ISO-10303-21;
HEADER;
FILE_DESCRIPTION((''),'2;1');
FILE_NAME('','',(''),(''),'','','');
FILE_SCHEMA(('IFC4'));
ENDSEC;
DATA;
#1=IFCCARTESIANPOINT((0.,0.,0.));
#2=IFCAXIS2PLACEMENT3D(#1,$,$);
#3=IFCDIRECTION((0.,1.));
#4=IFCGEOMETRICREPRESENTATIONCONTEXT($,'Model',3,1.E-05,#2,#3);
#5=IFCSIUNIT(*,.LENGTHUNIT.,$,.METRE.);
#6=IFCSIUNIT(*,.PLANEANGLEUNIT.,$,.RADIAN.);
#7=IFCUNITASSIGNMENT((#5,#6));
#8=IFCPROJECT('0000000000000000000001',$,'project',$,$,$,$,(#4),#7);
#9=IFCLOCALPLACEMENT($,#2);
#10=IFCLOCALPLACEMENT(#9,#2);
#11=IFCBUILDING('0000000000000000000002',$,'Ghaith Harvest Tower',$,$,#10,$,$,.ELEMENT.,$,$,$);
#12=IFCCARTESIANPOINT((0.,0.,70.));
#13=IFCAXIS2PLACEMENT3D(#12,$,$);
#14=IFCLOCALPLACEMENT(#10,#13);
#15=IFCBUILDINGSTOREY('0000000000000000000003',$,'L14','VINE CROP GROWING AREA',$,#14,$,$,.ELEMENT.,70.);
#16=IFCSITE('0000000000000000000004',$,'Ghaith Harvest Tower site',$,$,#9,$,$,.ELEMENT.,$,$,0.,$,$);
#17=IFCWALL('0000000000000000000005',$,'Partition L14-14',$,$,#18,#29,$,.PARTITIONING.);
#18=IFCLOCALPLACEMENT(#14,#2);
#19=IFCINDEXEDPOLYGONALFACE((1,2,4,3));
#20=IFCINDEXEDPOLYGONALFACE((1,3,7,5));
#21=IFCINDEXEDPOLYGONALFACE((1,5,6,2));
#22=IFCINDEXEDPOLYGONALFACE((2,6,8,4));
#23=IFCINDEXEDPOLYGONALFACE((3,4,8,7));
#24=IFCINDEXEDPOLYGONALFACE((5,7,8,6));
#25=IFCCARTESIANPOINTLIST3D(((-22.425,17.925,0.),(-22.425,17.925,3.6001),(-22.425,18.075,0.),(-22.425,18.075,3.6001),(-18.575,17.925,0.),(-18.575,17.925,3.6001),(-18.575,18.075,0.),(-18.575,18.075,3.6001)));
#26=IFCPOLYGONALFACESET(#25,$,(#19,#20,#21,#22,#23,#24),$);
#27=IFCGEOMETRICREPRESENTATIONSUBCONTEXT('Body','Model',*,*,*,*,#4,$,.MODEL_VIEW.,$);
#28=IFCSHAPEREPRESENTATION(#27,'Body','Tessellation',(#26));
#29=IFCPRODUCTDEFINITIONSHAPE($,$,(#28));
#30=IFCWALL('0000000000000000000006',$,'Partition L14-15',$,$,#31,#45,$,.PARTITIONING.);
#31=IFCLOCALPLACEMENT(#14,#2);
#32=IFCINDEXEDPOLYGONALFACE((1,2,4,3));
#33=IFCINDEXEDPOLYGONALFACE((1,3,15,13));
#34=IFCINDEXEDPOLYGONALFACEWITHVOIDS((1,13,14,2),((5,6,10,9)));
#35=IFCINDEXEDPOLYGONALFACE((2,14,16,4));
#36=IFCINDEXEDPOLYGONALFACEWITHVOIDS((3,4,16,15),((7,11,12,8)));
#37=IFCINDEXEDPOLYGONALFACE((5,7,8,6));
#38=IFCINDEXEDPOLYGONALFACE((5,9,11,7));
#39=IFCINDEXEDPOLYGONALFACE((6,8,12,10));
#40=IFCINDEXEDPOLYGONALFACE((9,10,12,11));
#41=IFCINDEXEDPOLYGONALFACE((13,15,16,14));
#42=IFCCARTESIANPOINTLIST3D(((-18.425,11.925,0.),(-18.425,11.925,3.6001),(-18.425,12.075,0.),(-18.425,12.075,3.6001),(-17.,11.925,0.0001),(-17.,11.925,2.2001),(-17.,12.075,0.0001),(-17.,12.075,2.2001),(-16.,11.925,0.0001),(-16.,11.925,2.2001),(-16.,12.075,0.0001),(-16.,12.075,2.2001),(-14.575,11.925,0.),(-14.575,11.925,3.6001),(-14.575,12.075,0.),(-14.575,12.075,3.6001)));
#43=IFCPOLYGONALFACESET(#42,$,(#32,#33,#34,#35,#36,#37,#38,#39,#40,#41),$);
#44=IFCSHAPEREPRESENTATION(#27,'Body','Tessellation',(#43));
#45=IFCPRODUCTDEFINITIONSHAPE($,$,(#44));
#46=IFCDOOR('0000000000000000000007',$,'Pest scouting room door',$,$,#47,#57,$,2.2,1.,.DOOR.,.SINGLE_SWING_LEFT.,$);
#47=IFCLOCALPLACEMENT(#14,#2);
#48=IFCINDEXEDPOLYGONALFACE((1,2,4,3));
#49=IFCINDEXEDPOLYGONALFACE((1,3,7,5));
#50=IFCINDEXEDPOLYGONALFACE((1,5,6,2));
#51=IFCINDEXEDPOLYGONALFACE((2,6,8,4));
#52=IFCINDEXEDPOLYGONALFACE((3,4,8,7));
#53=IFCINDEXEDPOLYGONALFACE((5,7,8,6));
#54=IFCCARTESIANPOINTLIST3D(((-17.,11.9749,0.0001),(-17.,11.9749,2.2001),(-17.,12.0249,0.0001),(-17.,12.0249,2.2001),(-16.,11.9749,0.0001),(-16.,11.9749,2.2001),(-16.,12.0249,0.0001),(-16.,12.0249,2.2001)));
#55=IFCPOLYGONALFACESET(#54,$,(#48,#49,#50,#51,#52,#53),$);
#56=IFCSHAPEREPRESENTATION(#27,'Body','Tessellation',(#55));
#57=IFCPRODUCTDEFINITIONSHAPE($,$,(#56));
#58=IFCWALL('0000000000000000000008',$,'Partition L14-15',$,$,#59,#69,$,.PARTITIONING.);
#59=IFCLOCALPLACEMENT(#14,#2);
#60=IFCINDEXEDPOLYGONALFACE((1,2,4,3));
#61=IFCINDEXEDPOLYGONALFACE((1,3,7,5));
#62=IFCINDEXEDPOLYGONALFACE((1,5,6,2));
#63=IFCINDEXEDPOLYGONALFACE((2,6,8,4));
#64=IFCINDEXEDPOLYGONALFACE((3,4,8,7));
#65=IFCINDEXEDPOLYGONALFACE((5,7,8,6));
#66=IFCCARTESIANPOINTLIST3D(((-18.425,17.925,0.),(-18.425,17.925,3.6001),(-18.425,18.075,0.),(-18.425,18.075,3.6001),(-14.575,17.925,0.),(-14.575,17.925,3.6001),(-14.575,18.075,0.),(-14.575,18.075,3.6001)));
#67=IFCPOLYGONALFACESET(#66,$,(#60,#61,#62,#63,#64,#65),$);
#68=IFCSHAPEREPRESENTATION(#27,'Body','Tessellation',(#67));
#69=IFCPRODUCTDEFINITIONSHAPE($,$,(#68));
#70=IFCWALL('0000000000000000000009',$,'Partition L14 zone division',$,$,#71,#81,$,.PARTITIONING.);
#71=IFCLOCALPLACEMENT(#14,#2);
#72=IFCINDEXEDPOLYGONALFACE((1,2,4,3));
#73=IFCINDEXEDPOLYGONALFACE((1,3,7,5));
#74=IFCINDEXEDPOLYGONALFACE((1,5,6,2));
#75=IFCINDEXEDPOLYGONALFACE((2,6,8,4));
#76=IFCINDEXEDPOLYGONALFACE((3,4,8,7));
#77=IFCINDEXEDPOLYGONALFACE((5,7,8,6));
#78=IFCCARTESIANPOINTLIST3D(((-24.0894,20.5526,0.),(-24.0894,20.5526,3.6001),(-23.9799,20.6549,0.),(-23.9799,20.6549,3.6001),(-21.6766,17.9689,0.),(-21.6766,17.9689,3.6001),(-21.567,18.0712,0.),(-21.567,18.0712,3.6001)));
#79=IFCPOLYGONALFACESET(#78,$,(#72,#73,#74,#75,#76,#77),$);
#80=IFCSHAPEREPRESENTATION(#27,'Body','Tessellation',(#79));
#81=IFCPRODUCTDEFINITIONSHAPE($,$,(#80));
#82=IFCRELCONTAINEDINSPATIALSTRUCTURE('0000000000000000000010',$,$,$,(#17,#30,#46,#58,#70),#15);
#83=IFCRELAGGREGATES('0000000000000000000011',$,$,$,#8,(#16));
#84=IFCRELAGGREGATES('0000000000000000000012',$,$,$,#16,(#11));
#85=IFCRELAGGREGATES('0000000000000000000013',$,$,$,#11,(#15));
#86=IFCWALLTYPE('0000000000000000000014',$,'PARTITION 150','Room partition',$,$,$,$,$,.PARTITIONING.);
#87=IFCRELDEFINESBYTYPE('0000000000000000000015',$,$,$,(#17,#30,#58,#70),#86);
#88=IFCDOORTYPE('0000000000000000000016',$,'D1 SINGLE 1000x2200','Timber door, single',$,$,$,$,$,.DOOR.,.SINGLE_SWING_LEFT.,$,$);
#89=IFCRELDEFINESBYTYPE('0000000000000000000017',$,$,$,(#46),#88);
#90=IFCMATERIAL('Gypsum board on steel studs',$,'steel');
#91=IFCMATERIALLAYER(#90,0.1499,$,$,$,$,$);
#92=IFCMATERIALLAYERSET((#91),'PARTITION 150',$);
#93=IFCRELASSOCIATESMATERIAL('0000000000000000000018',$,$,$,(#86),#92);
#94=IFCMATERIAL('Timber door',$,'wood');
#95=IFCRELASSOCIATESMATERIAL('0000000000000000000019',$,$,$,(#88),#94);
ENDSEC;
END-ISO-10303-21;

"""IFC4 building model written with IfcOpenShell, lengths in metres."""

from ifc_helpers import new_model, si_unit, direction, frame, frame_2d, origin, place, context, subcontext, project, spatial, rectangle, extrude, material, layer, layer_set, type_object, element, fill, save


model = new_model("IFC4")

# Units and contexts
model_context = context("Model", 3, precision=1e-05, world=origin(), true_north=direction((0.0, 1.0)))
body_context = subcontext(model_context, "Body", "Model", "MODEL_VIEW")
ifc_project = project(units=[si_unit("LENGTHUNIT", "METRE"), si_unit("PLANEANGLEUNIT", "RADIAN")], contexts=[model_context])

# Site, building, storey
site_placement = place(None, origin())
site = spatial("IfcSite", under=ifc_project, at=site_placement, Name="Ghaith Harvest Tower site", CompositionType="ELEMENT", RefElevation=0.0)
building_placement = place(site_placement, origin())
building = spatial("IfcBuilding", under=site, at=building_placement, Name="Ghaith Harvest Tower", CompositionType="ELEMENT")
storey_placement = place(building_placement, frame((0.0, 0.0, 70.0)))
storey = spatial("IfcBuildingStorey", under=building, at=storey_placement, Name="L14", Description="VINE CROP GROWING AREA", CompositionType="ELEMENT", Elevation=70.0)

# Wall
ifc_material_1 = material(Name="Gypsum board on steel studs", Category="steel")
ifc_layer_1 = layer(ifc_material_1, 0.1499)
ifc_layer_set_1 = layer_set([ifc_layer_1], Name="PARTITION 150")
wall_type = type_object("IfcWallType", Name="PARTITION 150", Description="Room partition", PredefinedType="PARTITIONING", material=ifc_layer_set_1)
wall_1_placement = place(storey_placement, frame((-22.425, 18.0, 0.0), z_axis=(0.0, 0.0, 1.0), x_axis=(1.0, 0.0, 0.0)))
element("IfcWall", 1, at=wall_1_placement, inside=storey, type_object=wall_type, Name="Partition L14-14", PredefinedType="PARTITIONING", context=body_context, shape_type="SweptSolid", body=[
    extrude(rectangle(XDim=3.8501, YDim=0.1499, at=frame_2d((1.925, 0.0))), origin(), (0.0, 0.0, 1.0), 3.6001),
])

# Wall, opening, door
wall_2_placement = place(storey_placement, frame((-18.425, 12.0, 0.0), z_axis=(0.0, 0.0, 1.0), x_axis=(1.0, 0.0, 0.0)))
wall_2 = element("IfcWall", 2, at=wall_2_placement, inside=storey, type_object=wall_type, Name="Partition L14-15", PredefinedType="PARTITIONING", context=body_context, shape_type="SweptSolid", body=[
    extrude(rectangle(XDim=3.8501, YDim=0.1499, at=frame_2d((1.925, 0.0))), origin(), (0.0, 0.0, 1.0), 3.6001),
])
opening_placement = place(wall_2_placement, frame((1.425, 0.0, 0.0)))
opening = element("IfcOpeningElement", 3, at=opening_placement, cuts=wall_2, PredefinedType="OPENING", context=body_context, shape_type="SweptSolid", body=[
    extrude(rectangle(XDim=1.0, YDim=2.2, at=frame_2d((0.5, 1.1001))), frame((0.0, 0.085, 0.0), z_axis=(0.0, -1.0, 0.0), x_axis=(1.0, 0.0, 0.0)), (0.0, 0.0, 1.0), 0.1699),
])
ifc_material_2 = material(Name="Timber door", Category="wood")
door_type = type_object("IfcDoorType", Name="D1 SINGLE 1000x2200", Description="Timber door, single", OperationType="SINGLE_SWING_LEFT", PredefinedType="DOOR", material=ifc_material_2)
door_placement = place(opening_placement, origin())
door = element("IfcDoor", 4, at=door_placement, inside=storey, type_object=door_type, Name="Pest scouting room door", OperationType="SINGLE_SWING_LEFT", OverallHeight=2.2, OverallWidth=1.0, PredefinedType="DOOR", context=body_context, shape_type="SweptSolid", body=[
    extrude(rectangle(XDim=1.0, YDim=2.2, at=frame_2d((0.5, 1.1001))), frame((0.0, 0.0249, 0.0), z_axis=(0.0, -1.0, 0.0), x_axis=(1.0, 0.0, 0.0)), (0.0, 0.0, 1.0), 0.05),
])
fill(opening, door)

# Walls
wall_3_placement = place(storey_placement, frame((-18.425, 18.0, 0.0), z_axis=(0.0, 0.0, 1.0), x_axis=(1.0, 0.0, 0.0)))
element("IfcWall", 5, at=wall_3_placement, inside=storey, type_object=wall_type, Name="Partition L14-15", PredefinedType="PARTITIONING", context=body_context, shape_type="SweptSolid", body=[
    extrude(rectangle(XDim=3.8501, YDim=0.1499, at=frame_2d((1.925, 0.0))), origin(), (0.0, 0.0, 1.0), 3.6001),
])
wall_4_placement = place(storey_placement, frame((-21.6218, 18.02, 0.0), z_axis=(0.0, 0.0, 1.0), x_axis=(-0.682522, 0.730865, 0.0)))
element("IfcWall", 6, at=wall_4_placement, inside=storey, type_object=wall_type, Name="Partition L14 zone division", PredefinedType="PARTITIONING", context=body_context, shape_type="SweptSolid", body=[
    extrude(rectangle(XDim=3.5352, YDim=0.1499, at=frame_2d((1.7676, 0.0))), origin(), (0.0, 0.0, 1.0), 3.6001),
])

save(model, "model.ifc")
